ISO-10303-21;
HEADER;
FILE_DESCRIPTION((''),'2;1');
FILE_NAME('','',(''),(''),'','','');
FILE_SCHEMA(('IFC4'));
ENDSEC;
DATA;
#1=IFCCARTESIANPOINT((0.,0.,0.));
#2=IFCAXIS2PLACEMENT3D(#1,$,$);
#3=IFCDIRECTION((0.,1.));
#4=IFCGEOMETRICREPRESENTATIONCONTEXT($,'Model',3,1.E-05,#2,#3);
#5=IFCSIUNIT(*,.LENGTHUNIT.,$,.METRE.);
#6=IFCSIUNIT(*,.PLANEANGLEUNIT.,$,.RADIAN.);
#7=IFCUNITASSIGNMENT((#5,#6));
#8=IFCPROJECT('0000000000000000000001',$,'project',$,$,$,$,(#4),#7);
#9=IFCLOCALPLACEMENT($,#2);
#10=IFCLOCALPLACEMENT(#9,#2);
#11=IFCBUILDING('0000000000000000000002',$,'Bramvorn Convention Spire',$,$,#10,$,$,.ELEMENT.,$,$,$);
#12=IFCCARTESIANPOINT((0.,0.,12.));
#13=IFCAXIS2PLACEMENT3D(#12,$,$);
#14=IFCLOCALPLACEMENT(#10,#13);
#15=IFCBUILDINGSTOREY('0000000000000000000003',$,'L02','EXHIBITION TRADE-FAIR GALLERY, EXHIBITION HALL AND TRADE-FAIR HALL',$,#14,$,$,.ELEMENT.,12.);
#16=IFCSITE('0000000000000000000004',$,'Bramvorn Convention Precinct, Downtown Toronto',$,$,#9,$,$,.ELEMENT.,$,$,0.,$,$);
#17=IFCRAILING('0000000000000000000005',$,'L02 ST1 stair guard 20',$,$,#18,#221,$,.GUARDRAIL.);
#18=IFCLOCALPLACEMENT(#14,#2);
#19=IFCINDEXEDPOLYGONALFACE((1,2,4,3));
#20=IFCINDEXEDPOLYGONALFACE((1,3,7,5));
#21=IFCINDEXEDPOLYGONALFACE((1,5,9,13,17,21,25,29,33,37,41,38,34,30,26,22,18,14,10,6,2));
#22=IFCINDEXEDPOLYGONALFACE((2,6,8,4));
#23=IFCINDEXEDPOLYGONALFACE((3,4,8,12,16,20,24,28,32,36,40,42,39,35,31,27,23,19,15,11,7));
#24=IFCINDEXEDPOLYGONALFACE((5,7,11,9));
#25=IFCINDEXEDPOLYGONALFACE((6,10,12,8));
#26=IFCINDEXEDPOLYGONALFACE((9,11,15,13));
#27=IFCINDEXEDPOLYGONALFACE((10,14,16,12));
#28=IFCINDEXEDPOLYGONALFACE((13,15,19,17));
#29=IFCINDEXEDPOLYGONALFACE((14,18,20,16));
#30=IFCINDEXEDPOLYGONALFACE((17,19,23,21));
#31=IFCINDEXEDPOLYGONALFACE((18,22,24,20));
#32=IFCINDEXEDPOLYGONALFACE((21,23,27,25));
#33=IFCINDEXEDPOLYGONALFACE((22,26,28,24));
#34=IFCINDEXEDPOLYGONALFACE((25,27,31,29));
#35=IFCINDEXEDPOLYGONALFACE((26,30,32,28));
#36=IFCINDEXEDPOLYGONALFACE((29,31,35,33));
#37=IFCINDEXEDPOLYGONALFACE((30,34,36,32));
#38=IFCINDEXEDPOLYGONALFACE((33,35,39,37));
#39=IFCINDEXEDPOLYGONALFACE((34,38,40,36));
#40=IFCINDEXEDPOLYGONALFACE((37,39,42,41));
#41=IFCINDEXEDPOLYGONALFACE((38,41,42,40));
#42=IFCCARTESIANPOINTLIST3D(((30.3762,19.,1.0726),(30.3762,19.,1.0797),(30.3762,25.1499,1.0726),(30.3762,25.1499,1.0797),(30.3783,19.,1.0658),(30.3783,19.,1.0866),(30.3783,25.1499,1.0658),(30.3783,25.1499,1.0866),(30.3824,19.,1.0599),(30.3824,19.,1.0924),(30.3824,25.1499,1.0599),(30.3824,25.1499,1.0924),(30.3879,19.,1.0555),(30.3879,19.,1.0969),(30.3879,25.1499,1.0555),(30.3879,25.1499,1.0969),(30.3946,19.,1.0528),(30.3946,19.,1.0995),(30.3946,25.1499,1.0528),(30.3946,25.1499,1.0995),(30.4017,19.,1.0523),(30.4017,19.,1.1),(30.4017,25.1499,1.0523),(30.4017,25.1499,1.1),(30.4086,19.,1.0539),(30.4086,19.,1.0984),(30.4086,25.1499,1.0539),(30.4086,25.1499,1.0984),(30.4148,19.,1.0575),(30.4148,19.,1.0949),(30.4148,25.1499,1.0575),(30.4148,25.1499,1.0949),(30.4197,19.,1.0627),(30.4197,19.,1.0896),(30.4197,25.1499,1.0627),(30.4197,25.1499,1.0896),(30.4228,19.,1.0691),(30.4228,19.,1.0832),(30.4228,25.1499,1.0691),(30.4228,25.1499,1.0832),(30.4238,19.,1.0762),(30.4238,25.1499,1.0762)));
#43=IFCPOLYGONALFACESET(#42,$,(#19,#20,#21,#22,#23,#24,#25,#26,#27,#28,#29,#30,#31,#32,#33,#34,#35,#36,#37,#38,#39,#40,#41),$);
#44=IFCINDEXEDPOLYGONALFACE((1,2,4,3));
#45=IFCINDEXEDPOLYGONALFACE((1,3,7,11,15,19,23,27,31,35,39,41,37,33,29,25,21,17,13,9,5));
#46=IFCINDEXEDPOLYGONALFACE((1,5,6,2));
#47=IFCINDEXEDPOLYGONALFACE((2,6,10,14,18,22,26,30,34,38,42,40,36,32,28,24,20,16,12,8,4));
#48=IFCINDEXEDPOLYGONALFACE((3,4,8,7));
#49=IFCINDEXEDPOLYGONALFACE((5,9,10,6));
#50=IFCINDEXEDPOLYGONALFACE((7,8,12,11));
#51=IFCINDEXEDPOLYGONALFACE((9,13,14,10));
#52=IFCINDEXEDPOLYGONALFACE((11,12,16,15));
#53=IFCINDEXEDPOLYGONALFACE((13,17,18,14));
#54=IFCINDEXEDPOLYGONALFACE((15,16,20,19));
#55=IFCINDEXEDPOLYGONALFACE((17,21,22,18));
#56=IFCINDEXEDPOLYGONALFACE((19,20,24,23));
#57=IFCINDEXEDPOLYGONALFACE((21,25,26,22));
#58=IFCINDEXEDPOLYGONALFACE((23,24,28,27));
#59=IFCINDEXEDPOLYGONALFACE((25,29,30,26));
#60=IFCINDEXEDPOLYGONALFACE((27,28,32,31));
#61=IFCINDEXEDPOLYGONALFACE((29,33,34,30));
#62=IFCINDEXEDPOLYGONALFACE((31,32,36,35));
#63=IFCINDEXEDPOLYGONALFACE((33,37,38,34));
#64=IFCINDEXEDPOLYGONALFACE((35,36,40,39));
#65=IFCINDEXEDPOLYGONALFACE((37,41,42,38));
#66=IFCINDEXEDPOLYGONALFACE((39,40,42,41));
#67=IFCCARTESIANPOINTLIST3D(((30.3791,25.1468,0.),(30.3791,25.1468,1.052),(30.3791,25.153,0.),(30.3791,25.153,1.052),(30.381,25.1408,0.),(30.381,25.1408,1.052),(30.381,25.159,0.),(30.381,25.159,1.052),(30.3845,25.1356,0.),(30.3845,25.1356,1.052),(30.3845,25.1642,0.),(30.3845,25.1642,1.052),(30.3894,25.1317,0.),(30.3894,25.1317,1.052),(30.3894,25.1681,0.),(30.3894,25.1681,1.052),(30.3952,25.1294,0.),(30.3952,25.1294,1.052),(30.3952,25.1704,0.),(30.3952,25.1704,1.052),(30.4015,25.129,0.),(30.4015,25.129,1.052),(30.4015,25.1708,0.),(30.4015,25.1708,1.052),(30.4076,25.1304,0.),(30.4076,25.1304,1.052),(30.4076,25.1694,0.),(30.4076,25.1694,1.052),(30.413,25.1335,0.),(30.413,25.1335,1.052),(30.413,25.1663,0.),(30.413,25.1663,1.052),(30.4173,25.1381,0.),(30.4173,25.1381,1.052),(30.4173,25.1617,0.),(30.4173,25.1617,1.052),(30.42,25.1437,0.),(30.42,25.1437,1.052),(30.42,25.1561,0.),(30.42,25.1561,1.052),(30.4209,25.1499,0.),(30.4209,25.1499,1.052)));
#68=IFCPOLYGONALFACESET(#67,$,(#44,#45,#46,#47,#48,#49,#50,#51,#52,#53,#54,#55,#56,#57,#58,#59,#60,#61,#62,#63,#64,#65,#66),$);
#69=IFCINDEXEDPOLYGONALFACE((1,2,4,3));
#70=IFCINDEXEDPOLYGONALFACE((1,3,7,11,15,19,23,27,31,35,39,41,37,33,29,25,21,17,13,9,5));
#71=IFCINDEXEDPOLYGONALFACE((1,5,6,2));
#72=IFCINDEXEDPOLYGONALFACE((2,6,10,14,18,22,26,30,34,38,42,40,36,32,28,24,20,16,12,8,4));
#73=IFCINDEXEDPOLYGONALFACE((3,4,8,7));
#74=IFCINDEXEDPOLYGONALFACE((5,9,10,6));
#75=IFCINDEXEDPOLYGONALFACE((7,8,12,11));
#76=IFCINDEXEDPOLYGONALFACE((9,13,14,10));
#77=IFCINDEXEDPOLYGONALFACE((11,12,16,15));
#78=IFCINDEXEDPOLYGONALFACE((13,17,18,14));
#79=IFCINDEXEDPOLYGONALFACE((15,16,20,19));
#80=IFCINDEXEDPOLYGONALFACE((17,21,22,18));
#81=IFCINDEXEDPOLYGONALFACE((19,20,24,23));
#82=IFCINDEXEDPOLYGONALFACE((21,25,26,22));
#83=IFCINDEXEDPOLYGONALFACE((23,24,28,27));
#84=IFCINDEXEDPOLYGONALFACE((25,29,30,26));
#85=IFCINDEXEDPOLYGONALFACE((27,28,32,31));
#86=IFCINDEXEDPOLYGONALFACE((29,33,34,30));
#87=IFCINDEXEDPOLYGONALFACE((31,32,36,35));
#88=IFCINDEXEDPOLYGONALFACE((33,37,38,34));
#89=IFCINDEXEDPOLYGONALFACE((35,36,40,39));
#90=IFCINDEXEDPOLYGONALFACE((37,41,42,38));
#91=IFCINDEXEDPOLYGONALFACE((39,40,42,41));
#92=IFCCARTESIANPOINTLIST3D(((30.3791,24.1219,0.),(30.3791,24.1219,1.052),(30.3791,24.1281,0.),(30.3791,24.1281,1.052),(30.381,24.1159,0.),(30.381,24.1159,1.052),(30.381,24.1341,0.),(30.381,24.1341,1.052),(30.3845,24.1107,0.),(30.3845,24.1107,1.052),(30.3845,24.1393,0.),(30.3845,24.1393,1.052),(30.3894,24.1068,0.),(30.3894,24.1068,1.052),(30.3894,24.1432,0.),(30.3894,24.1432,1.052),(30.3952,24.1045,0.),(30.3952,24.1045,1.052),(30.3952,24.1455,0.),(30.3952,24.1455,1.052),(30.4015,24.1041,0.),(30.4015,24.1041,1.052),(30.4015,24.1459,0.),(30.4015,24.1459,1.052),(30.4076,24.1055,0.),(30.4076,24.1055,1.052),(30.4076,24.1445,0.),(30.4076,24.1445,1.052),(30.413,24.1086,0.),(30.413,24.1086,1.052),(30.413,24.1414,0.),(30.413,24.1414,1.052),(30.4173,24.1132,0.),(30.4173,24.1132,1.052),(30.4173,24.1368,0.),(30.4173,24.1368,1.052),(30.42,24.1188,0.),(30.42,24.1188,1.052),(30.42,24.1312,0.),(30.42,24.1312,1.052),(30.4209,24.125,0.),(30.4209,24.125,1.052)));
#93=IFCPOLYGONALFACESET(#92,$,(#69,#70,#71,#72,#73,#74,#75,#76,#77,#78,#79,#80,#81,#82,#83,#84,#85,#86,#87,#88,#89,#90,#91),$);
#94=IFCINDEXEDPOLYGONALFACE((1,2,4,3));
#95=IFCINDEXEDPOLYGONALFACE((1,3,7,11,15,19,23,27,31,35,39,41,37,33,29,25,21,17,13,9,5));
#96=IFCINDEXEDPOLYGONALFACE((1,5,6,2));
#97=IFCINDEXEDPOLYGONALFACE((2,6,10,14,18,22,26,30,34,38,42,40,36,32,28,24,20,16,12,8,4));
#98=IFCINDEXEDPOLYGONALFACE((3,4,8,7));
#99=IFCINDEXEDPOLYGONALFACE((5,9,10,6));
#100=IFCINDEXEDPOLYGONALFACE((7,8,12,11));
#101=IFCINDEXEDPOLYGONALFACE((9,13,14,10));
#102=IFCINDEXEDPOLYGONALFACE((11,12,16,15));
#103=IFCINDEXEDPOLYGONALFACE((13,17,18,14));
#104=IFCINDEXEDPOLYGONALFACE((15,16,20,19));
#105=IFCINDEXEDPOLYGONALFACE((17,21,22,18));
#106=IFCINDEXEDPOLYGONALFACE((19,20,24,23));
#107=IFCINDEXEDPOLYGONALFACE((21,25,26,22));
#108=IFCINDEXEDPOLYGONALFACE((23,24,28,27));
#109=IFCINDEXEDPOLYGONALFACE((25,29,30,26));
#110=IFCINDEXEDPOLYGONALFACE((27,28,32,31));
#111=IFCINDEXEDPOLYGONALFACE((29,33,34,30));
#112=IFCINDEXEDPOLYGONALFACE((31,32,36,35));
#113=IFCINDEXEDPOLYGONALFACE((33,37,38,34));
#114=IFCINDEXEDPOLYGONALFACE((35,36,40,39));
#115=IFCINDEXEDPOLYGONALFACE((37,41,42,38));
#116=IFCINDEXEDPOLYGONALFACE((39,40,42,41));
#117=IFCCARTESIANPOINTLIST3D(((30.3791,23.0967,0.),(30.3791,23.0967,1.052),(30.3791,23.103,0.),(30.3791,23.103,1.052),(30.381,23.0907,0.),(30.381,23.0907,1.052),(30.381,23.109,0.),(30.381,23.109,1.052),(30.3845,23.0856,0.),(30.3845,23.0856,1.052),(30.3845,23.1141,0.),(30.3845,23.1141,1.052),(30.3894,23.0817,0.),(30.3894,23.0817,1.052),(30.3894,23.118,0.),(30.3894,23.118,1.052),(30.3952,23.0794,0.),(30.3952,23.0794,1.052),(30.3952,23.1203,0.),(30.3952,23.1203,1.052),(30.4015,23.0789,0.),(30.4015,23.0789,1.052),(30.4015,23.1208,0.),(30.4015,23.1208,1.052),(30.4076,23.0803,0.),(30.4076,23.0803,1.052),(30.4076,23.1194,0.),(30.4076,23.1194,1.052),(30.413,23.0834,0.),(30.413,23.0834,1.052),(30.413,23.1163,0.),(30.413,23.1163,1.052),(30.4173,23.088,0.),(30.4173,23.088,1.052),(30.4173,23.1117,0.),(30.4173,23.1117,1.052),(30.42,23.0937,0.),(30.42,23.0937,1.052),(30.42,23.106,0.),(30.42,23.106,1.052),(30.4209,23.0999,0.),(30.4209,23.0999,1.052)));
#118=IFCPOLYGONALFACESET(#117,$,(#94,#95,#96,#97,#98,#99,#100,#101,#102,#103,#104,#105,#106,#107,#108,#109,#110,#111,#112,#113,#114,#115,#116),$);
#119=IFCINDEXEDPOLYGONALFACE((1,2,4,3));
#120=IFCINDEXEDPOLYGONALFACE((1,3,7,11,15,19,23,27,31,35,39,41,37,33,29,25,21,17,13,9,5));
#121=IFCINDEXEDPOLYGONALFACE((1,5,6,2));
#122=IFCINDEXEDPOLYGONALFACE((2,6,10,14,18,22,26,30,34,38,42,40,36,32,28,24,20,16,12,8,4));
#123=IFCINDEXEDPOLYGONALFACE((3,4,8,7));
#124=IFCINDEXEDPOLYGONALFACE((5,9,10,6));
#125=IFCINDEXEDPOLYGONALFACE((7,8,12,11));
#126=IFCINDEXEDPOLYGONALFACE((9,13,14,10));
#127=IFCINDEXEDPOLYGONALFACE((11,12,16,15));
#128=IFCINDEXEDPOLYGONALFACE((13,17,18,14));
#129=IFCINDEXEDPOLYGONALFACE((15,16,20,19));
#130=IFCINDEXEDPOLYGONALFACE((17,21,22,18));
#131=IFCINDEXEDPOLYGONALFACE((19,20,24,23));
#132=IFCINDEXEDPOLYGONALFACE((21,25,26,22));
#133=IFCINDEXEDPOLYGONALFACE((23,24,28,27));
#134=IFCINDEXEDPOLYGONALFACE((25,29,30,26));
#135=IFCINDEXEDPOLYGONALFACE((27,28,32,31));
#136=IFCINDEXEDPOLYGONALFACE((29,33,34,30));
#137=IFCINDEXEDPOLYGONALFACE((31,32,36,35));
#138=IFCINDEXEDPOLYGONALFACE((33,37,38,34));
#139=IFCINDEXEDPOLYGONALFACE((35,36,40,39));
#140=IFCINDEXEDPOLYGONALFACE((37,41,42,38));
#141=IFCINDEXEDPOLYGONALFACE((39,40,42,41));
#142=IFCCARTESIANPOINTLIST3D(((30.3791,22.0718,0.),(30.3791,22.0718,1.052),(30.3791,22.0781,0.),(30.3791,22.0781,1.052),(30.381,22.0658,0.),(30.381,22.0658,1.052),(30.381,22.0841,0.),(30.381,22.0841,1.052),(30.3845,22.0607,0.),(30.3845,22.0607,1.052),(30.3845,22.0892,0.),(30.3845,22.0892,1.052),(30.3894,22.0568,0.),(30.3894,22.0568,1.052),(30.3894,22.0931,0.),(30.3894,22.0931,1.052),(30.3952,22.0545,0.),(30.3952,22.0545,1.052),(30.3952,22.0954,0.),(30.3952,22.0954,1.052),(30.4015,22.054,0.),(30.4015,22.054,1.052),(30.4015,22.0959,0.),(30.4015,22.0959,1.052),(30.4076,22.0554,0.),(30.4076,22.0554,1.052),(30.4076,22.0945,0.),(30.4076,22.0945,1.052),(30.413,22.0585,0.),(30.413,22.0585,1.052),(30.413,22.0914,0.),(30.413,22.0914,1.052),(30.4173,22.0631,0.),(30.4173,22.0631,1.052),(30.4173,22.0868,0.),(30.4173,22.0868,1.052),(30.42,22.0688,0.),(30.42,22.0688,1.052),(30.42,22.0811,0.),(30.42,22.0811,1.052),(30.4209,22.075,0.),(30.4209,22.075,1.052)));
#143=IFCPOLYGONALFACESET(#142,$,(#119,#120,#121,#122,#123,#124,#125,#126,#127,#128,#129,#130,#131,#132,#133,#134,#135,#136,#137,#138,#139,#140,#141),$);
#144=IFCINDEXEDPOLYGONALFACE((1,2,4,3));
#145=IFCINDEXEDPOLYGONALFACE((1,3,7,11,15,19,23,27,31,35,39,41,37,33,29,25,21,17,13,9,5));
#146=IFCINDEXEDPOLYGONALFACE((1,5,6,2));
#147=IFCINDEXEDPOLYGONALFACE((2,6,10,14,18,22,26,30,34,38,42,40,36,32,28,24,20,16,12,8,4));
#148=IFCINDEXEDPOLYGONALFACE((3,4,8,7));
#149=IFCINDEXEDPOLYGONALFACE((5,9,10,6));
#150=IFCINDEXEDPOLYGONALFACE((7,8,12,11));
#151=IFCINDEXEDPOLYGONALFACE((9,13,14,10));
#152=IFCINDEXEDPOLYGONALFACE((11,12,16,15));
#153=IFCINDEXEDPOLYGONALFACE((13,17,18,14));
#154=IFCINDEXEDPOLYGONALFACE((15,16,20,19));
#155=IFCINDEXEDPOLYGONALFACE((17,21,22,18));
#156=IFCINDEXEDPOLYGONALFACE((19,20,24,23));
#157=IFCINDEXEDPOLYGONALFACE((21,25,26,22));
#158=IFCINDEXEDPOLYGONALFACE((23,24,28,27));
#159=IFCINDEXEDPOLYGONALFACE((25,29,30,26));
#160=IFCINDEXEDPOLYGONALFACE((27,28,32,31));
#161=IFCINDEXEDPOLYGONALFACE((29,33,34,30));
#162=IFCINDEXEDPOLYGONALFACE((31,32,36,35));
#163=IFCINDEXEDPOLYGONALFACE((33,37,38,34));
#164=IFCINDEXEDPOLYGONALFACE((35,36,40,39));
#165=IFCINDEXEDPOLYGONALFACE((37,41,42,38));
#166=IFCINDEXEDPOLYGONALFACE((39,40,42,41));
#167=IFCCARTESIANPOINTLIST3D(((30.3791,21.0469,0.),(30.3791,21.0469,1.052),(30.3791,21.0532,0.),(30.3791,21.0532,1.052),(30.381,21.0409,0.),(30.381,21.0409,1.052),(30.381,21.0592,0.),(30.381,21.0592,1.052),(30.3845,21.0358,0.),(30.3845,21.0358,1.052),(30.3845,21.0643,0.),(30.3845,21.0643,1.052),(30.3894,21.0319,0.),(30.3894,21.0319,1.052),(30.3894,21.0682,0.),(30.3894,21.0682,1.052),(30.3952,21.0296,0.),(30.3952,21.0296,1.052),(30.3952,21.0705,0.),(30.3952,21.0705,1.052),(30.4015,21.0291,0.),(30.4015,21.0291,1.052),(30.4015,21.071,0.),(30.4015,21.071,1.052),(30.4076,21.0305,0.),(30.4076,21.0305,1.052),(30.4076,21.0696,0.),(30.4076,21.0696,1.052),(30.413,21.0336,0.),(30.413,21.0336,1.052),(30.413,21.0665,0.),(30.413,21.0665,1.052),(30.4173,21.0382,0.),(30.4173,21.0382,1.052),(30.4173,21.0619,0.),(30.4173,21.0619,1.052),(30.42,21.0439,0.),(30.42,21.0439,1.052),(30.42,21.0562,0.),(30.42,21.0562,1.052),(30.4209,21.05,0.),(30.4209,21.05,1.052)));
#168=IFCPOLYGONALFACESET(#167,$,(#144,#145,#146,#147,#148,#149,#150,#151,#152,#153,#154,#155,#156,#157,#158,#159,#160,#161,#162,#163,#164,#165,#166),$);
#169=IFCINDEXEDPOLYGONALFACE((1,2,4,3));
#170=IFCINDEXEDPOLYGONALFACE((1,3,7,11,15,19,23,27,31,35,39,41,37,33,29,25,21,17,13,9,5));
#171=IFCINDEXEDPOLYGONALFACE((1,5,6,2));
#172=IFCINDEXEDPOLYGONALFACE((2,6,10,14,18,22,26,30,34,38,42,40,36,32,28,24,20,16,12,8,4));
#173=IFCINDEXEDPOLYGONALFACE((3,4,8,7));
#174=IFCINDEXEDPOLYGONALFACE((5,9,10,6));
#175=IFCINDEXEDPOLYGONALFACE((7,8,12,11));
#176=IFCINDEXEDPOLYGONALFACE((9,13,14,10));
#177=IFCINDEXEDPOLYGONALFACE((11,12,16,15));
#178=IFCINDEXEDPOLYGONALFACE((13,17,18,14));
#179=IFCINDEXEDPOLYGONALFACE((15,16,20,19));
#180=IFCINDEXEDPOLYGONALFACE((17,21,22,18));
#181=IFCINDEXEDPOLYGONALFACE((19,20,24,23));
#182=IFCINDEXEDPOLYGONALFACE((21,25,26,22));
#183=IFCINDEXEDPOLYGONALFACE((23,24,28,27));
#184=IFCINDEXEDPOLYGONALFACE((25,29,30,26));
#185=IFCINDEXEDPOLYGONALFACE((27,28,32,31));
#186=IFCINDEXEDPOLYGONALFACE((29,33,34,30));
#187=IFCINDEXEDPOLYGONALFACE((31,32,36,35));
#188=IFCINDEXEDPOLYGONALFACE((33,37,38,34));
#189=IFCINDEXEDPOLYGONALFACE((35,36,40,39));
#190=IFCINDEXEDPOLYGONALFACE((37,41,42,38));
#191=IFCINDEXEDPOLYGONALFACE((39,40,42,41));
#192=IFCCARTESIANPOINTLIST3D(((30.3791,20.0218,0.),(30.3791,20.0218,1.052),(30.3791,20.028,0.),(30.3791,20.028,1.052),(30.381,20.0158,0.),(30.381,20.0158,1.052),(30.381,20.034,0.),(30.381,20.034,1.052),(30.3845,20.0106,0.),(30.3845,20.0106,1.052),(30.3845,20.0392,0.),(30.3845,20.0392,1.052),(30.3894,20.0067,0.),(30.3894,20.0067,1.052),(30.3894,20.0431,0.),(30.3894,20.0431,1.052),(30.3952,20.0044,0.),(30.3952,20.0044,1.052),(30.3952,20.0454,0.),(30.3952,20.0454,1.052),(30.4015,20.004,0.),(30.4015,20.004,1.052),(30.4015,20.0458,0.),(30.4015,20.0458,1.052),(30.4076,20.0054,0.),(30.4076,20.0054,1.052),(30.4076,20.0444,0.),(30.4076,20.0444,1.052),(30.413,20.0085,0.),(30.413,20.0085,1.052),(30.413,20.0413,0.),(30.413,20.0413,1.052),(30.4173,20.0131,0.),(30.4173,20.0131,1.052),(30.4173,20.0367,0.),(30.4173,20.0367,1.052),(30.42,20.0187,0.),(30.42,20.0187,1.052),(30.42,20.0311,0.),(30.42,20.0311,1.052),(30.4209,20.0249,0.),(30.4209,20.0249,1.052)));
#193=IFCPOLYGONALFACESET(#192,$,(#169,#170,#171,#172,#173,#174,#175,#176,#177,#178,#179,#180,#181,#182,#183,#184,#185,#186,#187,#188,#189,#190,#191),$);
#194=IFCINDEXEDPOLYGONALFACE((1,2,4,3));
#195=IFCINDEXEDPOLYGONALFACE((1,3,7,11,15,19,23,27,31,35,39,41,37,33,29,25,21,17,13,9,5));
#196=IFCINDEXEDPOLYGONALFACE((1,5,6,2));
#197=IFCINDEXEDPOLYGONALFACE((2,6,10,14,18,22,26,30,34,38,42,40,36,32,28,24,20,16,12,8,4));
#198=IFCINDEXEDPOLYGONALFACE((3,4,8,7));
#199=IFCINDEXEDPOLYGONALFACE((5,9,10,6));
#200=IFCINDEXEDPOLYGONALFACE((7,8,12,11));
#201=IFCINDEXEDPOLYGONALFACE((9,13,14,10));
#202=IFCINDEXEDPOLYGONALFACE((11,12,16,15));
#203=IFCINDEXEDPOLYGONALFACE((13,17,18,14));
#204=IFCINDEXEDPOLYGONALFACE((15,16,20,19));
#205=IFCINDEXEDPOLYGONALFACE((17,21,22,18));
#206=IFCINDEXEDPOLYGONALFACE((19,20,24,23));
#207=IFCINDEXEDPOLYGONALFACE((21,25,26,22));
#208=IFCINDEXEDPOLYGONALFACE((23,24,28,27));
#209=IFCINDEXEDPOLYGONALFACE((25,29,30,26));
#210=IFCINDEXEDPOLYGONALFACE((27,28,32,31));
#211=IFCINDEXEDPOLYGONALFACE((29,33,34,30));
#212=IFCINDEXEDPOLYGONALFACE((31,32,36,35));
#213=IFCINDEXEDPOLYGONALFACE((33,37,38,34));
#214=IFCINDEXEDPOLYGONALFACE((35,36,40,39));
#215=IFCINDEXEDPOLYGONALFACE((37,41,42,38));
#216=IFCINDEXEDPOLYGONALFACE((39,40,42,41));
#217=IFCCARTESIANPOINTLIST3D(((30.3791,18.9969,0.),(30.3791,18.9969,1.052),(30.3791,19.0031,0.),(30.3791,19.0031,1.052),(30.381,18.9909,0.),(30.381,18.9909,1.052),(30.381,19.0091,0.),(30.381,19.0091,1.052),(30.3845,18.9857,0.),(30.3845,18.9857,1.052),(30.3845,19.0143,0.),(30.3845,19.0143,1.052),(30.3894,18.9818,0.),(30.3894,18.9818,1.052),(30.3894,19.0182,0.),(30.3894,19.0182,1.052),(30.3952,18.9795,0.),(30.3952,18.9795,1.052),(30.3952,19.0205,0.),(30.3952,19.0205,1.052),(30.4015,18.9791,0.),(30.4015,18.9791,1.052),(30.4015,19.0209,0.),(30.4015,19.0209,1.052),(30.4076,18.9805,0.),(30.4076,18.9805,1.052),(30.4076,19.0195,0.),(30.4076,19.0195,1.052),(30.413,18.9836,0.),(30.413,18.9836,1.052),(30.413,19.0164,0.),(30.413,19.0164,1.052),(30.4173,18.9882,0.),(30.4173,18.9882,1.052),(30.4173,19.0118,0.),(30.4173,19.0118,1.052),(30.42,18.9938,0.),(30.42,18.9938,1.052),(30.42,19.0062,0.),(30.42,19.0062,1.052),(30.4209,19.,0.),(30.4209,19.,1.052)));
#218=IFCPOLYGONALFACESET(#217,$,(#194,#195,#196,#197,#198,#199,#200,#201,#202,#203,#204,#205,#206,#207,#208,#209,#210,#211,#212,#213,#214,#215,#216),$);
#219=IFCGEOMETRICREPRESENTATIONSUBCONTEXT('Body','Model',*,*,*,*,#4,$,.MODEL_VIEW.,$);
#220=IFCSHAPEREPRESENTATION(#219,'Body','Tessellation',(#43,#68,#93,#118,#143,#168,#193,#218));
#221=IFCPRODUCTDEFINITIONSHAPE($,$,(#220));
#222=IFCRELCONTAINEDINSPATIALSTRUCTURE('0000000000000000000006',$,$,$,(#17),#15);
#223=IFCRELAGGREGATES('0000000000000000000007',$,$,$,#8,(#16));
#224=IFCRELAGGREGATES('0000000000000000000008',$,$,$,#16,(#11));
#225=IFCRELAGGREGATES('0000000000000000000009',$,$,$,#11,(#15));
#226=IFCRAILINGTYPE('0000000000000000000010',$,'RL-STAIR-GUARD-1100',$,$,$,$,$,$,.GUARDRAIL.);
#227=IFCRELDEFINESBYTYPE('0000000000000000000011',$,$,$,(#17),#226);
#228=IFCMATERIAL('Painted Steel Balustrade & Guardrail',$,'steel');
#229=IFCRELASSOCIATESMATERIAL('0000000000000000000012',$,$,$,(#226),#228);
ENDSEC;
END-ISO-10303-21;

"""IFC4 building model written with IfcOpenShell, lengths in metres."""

from ifc_helpers import new_model, si_unit, direction, frame, origin, origin_2d, place, context, subcontext, project, spatial, circle, extrude, material, type_object, element, save


model = new_model("IFC4")

# Units and contexts
model_context = context("Model", 3, precision=1e-05, world=origin(), true_north=direction((0.0, 1.0)))
body_context = subcontext(model_context, "Body", "Model", "MODEL_VIEW")
ifc_project = project(units=[si_unit("LENGTHUNIT", "METRE"), si_unit("PLANEANGLEUNIT", "RADIAN")], contexts=[model_context])

# Site, building, storey
site_placement = place(None, origin())
site = spatial("IfcSite", under=ifc_project, at=site_placement, Name="Bramvorn Convention Precinct, Downtown Toronto", CompositionType="ELEMENT", RefElevation=0.0)
building_placement = place(site_placement, origin())
building = spatial("IfcBuilding", under=site, at=building_placement, Name="Bramvorn Convention Spire", CompositionType="ELEMENT")
storey_placement = place(building_placement, frame((0.0, 0.0, 12.0)))
storey = spatial("IfcBuildingStorey", under=building, at=storey_placement, Name="L02", Description="EXHIBITION TRADE-FAIR GALLERY, EXHIBITION HALL AND TRADE-FAIR HALL", CompositionType="ELEMENT", Elevation=12.0)

# Railing
ifc_material_1 = material(Name="Painted Steel Balustrade & Guardrail", Category="steel")
railing_type = type_object("IfcRailingType", Name="RL-STAIR-GUARD-1100", PredefinedType="GUARDRAIL", material=ifc_material_1)
railing_1_placement = place(storey_placement, frame((30.3999, 25.1499, 0.0)))
element("IfcRailing", 1, at=railing_1_placement, inside=storey, type_object=railing_type, Name="L02 ST1 stair guard 20", PredefinedType="GUARDRAIL", context=body_context, shape_type="SweptSolid", body=[
    extrude(circle(Radius=0.0239, at=origin_2d()), frame((0.0, 0.0, 1.0762), z_axis=(0.0, -1.0, 0.0), x_axis=(1.0, 0.0, 0.0)), (0.0, 0.0, 1.0), 6.1499),
    extrude(circle(Radius=0.021, at=origin_2d()), origin(), (0.0, 0.0, 1.0), 1.052),
    extrude(circle(Radius=0.021, at=origin_2d()), frame((0.0, -1.0249, 0.0)), (0.0, 0.0, 1.0), 1.052),
    extrude(circle(Radius=0.021, at=origin_2d()), frame((0.0, -2.05, 0.0)), (0.0, 0.0, 1.0), 1.052),
    extrude(circle(Radius=0.021, at=origin_2d()), frame((0.0, -3.075, 0.0)), (0.0, 0.0, 1.0), 1.052),
    extrude(circle(Radius=0.021, at=origin_2d()), frame((0.0, -4.0999, 0.0)), (0.0, 0.0, 1.0), 1.052),
    extrude(circle(Radius=0.021, at=origin_2d()), frame((0.0, -5.125, 0.0)), (0.0, 0.0, 1.0), 1.052),
    extrude(circle(Radius=0.021, at=origin_2d()), frame((0.0, -6.1499, 0.0)), (0.0, 0.0, 1.0), 1.052),
])

save(model, "model.ifc")
